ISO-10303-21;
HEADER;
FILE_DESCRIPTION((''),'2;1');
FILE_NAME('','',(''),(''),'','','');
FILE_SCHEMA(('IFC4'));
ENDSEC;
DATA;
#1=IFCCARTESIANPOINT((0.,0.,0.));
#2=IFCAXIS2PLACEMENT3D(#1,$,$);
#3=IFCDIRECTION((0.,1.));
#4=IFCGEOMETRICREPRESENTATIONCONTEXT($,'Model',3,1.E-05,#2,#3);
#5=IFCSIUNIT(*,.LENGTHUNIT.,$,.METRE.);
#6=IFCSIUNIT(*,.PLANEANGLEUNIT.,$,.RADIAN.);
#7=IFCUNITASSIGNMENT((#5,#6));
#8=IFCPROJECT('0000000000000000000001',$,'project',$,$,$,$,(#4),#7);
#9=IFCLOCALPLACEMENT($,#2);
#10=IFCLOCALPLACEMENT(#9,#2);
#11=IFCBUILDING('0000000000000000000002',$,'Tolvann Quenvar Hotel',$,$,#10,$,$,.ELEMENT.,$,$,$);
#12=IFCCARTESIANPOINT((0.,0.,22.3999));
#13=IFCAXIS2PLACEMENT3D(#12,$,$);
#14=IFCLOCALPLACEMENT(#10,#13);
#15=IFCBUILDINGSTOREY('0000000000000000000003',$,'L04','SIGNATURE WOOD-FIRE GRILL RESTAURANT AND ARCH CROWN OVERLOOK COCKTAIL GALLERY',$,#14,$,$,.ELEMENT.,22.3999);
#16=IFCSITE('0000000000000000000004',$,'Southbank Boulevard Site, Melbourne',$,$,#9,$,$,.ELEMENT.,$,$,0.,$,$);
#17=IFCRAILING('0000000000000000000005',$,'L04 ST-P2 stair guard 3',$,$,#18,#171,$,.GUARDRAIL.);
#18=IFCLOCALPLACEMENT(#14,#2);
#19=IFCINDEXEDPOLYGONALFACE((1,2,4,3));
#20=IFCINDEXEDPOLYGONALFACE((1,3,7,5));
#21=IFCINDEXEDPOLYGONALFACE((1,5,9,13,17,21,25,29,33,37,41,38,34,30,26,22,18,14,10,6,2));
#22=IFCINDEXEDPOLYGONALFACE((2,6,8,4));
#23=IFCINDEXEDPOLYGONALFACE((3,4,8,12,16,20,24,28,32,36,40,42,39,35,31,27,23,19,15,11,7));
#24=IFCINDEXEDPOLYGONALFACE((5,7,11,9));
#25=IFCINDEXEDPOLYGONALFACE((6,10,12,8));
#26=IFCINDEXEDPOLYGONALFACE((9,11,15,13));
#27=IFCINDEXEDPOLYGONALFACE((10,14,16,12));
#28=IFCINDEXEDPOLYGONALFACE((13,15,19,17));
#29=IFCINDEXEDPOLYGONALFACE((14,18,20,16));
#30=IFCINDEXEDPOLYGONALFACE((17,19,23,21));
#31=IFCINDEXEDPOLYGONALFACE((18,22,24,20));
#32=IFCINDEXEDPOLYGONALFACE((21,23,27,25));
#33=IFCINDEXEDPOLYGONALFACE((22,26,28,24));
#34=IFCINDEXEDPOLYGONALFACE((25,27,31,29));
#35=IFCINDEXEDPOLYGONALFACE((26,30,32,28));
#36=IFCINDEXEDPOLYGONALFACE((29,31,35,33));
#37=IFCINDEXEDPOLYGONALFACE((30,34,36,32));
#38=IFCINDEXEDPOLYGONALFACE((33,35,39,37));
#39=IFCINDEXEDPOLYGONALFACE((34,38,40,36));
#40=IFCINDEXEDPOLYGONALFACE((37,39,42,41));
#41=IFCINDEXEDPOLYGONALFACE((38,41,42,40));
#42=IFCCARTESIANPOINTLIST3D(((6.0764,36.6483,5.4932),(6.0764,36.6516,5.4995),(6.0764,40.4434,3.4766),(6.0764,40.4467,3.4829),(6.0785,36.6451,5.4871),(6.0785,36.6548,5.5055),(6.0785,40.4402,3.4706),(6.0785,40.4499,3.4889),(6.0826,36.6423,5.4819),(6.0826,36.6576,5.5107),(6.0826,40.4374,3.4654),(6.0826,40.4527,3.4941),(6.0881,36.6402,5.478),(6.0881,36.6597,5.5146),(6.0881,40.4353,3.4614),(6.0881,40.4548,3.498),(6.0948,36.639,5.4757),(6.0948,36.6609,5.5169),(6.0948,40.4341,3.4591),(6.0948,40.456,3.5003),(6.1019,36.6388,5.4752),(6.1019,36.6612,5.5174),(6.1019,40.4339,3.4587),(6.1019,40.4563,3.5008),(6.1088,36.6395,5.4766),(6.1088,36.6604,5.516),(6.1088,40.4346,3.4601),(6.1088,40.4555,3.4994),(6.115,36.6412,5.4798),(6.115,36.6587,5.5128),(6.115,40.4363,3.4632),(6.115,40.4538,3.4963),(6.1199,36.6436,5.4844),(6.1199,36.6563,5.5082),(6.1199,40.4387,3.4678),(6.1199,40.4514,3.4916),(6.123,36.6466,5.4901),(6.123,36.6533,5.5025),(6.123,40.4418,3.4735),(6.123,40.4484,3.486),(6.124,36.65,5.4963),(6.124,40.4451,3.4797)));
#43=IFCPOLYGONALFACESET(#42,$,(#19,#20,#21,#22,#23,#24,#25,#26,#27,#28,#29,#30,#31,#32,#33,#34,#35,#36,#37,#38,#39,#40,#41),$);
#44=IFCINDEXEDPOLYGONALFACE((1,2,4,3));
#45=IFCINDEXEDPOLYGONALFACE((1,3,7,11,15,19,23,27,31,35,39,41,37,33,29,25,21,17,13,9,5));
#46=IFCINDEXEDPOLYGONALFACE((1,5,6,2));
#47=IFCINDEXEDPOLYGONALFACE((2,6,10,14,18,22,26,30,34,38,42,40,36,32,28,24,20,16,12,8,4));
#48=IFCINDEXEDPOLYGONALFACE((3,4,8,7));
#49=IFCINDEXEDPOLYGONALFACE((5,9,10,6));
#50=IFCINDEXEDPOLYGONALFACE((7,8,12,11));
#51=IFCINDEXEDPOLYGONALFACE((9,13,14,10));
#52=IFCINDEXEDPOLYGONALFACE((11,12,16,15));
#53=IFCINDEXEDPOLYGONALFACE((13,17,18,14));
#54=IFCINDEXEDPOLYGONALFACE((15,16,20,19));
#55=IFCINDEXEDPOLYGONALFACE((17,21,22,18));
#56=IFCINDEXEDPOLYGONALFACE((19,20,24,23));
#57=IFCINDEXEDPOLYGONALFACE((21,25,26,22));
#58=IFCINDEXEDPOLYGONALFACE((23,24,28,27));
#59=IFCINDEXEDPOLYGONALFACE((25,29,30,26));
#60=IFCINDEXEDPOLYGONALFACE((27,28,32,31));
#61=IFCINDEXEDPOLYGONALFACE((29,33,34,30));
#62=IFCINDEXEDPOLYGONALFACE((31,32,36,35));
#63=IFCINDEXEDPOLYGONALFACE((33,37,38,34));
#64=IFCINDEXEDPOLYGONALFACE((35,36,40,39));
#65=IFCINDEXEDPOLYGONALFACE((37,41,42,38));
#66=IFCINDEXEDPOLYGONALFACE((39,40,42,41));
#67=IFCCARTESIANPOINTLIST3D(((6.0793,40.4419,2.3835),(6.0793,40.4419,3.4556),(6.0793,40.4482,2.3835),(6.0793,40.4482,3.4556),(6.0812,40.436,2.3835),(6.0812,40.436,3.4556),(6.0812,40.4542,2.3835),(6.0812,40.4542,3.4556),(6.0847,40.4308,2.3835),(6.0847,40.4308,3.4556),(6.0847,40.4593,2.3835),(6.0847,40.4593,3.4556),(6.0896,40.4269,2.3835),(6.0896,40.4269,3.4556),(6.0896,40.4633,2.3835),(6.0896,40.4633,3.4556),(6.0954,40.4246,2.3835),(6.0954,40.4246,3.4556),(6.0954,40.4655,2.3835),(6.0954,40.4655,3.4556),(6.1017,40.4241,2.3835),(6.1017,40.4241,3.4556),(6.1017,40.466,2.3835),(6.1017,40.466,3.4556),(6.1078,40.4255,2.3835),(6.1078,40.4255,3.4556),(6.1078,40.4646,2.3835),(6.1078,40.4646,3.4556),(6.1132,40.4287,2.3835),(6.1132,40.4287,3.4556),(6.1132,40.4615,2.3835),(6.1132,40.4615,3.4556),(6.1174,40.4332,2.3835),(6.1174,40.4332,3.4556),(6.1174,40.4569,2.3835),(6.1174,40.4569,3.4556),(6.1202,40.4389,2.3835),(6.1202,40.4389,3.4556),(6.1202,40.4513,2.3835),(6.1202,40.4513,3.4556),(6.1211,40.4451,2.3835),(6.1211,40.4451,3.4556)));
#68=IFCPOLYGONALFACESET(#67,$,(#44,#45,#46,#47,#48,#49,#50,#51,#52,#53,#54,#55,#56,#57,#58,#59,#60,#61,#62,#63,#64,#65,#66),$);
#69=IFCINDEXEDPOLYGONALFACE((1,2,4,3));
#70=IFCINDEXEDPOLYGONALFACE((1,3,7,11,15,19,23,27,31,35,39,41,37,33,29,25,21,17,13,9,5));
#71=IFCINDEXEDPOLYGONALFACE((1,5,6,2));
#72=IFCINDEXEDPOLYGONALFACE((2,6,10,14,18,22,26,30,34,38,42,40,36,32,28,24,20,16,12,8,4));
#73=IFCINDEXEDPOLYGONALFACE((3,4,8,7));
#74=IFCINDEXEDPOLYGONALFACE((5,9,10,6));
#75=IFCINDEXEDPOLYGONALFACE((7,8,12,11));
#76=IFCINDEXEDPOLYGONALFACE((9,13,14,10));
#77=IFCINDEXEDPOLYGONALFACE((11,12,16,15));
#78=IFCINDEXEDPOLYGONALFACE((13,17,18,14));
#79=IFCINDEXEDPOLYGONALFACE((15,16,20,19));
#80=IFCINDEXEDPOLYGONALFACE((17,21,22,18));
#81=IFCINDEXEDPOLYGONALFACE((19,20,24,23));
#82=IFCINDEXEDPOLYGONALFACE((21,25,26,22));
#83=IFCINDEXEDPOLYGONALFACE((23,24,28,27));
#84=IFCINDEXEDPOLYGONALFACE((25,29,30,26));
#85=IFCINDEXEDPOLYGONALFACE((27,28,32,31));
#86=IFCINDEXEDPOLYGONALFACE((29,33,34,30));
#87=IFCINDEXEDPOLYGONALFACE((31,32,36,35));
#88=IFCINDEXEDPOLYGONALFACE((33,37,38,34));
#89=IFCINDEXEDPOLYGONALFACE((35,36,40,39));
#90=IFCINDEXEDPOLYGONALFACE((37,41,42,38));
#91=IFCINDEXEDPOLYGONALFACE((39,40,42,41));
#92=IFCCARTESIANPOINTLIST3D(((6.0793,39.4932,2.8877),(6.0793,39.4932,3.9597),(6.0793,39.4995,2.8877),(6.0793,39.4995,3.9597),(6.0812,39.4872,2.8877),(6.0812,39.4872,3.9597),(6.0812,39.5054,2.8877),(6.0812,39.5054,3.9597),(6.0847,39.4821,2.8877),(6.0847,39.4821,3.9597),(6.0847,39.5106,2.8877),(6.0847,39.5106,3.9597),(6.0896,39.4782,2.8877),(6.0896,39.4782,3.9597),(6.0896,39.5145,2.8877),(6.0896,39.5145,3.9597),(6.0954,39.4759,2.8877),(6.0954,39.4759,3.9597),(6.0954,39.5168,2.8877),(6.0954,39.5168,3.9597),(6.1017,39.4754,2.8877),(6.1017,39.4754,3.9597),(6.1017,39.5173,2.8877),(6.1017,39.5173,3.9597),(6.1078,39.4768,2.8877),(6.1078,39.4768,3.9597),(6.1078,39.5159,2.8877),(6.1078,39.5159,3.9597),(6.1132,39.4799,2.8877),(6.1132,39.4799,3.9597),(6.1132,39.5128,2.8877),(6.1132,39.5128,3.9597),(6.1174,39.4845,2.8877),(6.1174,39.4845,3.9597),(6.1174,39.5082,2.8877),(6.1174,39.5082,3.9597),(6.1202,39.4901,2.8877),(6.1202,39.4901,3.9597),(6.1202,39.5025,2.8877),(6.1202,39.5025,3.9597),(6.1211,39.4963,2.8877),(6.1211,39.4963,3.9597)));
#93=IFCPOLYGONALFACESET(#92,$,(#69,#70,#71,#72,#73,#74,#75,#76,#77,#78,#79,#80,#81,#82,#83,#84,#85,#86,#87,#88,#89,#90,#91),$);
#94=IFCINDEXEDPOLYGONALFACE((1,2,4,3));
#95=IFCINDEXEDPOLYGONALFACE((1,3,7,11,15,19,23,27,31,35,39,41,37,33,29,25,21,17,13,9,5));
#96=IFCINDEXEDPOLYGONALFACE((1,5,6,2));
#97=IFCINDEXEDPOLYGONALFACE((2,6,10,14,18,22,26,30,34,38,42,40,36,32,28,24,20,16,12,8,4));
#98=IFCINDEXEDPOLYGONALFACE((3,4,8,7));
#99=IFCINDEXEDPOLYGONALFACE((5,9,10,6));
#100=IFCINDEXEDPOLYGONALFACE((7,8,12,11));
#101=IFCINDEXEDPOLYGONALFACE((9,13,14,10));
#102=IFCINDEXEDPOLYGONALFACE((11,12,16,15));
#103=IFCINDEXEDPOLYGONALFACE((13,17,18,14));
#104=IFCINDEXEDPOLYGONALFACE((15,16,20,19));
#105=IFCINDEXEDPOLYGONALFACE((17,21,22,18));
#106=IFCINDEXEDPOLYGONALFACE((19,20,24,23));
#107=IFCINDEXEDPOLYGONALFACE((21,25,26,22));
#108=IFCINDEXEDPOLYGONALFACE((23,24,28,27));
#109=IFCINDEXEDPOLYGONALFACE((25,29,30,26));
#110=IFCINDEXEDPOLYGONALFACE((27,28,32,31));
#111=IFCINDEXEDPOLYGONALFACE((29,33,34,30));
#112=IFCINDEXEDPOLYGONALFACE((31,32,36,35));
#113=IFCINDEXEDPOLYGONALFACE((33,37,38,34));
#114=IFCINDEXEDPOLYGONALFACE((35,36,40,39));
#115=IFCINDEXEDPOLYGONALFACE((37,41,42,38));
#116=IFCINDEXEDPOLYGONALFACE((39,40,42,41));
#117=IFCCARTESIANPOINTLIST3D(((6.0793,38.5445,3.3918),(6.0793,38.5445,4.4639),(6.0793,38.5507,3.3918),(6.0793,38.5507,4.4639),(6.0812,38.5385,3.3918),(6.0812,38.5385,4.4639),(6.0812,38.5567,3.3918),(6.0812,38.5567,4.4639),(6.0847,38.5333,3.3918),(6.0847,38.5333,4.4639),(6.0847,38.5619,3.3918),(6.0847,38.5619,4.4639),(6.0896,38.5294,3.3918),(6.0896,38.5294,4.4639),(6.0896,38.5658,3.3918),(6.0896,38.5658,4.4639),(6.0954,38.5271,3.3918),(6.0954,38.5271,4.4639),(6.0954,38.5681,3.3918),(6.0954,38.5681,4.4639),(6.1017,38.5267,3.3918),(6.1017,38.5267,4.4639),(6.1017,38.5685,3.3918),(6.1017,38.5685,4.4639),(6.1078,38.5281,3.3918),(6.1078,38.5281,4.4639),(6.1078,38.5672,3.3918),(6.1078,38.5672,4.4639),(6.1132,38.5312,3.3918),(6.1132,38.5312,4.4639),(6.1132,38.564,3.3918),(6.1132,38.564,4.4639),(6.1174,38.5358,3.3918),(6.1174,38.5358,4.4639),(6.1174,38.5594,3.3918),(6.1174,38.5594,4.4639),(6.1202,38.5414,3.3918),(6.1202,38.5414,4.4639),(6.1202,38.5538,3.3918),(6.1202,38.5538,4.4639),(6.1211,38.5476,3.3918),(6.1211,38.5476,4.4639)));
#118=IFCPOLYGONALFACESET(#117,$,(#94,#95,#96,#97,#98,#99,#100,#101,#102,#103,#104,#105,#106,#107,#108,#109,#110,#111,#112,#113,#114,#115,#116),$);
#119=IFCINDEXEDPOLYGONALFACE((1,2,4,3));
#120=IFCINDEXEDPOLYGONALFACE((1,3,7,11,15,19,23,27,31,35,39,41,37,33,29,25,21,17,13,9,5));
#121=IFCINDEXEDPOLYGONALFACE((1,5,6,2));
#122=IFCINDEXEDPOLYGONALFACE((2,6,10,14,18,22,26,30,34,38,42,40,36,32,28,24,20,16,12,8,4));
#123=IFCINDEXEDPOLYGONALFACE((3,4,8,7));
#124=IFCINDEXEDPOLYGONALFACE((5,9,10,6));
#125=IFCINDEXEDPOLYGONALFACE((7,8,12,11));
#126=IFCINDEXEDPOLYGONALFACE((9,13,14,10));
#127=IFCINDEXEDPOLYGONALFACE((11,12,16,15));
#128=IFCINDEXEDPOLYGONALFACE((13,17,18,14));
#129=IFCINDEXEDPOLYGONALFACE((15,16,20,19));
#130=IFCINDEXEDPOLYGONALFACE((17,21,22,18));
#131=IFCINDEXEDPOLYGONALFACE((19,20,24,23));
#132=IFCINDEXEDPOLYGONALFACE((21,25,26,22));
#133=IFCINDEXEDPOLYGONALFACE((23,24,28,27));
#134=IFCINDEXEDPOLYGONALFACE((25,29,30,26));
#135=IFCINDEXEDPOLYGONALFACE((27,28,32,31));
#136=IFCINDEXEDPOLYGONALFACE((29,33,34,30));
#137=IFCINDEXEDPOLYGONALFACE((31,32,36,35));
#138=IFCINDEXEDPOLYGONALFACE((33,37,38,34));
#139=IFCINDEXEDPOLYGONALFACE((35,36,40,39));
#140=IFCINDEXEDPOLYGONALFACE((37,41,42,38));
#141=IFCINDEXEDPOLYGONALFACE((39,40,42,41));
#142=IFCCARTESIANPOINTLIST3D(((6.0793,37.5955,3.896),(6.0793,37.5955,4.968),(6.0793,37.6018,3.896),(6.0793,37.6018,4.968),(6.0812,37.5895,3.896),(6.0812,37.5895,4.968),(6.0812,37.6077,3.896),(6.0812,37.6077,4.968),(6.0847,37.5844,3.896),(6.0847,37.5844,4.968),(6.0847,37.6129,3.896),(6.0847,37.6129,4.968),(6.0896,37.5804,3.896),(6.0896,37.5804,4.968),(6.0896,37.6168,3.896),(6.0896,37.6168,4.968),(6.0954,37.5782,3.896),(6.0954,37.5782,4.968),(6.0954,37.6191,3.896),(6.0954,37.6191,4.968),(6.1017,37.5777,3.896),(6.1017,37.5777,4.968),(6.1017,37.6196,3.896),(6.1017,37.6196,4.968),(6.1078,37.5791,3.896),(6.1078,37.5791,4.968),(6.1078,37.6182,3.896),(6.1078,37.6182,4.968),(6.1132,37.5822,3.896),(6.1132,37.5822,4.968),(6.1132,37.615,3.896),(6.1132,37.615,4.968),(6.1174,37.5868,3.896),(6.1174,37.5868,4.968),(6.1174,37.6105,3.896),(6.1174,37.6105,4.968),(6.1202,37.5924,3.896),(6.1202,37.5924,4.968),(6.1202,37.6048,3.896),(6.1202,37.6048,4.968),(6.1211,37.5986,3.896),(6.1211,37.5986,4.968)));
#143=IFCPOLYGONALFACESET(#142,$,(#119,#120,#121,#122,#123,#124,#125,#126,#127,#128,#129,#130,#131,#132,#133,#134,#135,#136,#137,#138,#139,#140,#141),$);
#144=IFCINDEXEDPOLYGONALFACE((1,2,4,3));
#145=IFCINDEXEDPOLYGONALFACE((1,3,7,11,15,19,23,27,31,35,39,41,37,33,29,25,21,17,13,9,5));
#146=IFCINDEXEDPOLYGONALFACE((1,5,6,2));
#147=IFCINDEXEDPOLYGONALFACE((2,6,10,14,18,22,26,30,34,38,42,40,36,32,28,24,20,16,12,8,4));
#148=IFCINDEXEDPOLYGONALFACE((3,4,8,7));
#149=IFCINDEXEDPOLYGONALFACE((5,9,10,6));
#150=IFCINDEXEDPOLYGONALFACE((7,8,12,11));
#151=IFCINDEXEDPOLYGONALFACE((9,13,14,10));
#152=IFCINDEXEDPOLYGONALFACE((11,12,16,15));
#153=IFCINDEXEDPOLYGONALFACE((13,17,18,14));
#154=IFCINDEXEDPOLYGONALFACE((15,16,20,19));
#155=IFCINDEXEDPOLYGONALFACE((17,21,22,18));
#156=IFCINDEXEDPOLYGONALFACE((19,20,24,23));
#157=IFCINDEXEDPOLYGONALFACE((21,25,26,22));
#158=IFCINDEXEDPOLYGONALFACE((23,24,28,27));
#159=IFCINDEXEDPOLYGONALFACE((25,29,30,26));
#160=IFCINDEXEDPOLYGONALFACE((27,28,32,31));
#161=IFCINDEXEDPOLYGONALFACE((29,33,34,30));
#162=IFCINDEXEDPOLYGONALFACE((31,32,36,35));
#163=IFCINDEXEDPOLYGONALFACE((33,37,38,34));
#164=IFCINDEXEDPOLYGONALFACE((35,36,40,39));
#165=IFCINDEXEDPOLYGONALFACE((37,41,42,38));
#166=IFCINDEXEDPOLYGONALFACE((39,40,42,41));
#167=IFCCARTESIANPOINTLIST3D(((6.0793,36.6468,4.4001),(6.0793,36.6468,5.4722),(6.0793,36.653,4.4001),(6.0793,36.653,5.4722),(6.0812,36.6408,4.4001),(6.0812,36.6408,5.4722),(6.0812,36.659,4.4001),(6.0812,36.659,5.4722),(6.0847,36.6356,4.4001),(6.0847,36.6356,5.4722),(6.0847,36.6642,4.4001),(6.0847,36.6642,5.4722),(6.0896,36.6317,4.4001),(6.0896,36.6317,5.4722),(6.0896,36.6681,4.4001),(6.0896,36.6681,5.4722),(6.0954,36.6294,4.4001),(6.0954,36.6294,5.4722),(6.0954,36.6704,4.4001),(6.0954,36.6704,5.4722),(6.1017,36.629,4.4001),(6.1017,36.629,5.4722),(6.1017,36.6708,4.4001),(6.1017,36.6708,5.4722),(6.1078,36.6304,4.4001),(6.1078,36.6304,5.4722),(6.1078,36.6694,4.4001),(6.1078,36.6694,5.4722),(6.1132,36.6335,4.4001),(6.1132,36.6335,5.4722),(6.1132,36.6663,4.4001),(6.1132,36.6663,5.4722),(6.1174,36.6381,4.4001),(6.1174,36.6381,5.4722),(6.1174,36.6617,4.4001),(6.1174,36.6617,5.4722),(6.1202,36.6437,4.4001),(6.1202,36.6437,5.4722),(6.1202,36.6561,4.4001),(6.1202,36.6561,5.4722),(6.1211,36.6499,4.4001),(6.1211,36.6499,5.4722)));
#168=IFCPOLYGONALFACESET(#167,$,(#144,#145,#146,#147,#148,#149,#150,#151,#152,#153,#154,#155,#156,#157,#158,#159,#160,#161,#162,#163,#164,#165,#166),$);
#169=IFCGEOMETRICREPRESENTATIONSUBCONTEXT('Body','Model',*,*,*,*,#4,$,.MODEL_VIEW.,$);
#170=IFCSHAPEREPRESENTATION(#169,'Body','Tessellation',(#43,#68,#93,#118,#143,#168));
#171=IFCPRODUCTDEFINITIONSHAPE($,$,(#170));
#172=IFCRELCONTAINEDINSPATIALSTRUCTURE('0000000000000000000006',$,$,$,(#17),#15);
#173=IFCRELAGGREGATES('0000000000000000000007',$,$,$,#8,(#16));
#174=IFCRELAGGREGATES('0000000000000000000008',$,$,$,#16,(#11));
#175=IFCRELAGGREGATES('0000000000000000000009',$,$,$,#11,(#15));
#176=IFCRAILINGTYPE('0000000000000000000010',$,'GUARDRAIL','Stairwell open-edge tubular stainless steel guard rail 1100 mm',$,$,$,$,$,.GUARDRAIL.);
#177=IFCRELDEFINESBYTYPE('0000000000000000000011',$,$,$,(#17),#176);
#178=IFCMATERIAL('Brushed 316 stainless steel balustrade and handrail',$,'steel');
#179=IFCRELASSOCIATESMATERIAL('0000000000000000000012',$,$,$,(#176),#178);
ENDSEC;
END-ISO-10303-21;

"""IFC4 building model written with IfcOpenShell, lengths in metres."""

from ifc_helpers import new_model, si_unit, direction, frame, origin, origin_2d, place, context, subcontext, project, spatial, circle, extrude, material, type_object, element, save


model = new_model("IFC4")

# Units and contexts
model_context = context("Model", 3, precision=1e-05, world=origin(), true_north=direction((0.0, 1.0)))
body_context = subcontext(model_context, "Body", "Model", "MODEL_VIEW")
ifc_project = project(units=[si_unit("LENGTHUNIT", "METRE"), si_unit("PLANEANGLEUNIT", "RADIAN")], contexts=[model_context])

# Site, building, storey
site_placement = place(None, origin())
site = spatial("IfcSite", under=ifc_project, at=site_placement, Name="Southbank Boulevard Site, Melbourne", CompositionType="ELEMENT", RefElevation=0.0)
building_placement = place(site_placement, origin())
building = spatial("IfcBuilding", under=site, at=building_placement, Name="Tolvann Quenvar Hotel", CompositionType="ELEMENT")
storey_placement = place(building_placement, frame((0.0, 0.0, 22.3999)))
storey = spatial("IfcBuildingStorey", under=building, at=storey_placement, Name="L04", Description="SIGNATURE WOOD-FIRE GRILL RESTAURANT AND ARCH CROWN OVERLOOK COCKTAIL GALLERY", CompositionType="ELEMENT", Elevation=22.3999)

# Railing
ifc_material_1 = material(Name="Brushed 316 stainless steel balustrade and handrail", Category="steel")
railing_type_1 = type_object("IfcRailingType", Name="GUARDRAIL", Description="Stairwell open-edge tubular stainless steel guard rail 1100 mm", PredefinedType="GUARDRAIL", material=ifc_material_1)
railing_1_placement = place(storey_placement, frame((6.1001, 40.4451, 2.3835)))
element("IfcRailing", 1, at=railing_1_placement, inside=storey, type_object=railing_type_1, Name="L04 ST-P2 stair guard 3", PredefinedType="GUARDRAIL", context=body_context, shape_type="SweptSolid", body=[
    extrude(circle(Radius=0.0239, at=origin_2d()), frame((0.0, 0.0, 1.0962), z_axis=(0.0, -0.883075, 0.469231), x_axis=(1.0, 0.0, 0.0)), (0.0, 0.0, 1.0), 4.2976),
    extrude(circle(Radius=0.021, at=origin_2d()), origin(), (0.0, 0.0, 1.0), 1.072),
    extrude(circle(Radius=0.021, at=origin_2d()), frame((0.0, -0.9487, 0.5042)), (0.0, 0.0, 1.0), 1.072),
    extrude(circle(Radius=0.021, at=origin_2d()), frame((0.0, -1.8975, 1.0083)), (0.0, 0.0, 1.0), 1.072),
    extrude(circle(Radius=0.021, at=origin_2d()), frame((0.0, -2.8464, 1.5125)), (0.0, 0.0, 1.0), 1.072),
    extrude(circle(Radius=0.021, at=origin_2d()), frame((0.0, -3.7952, 2.0166)), (0.0, 0.0, 1.0), 1.072),
])

save(model, "model.ifc")
